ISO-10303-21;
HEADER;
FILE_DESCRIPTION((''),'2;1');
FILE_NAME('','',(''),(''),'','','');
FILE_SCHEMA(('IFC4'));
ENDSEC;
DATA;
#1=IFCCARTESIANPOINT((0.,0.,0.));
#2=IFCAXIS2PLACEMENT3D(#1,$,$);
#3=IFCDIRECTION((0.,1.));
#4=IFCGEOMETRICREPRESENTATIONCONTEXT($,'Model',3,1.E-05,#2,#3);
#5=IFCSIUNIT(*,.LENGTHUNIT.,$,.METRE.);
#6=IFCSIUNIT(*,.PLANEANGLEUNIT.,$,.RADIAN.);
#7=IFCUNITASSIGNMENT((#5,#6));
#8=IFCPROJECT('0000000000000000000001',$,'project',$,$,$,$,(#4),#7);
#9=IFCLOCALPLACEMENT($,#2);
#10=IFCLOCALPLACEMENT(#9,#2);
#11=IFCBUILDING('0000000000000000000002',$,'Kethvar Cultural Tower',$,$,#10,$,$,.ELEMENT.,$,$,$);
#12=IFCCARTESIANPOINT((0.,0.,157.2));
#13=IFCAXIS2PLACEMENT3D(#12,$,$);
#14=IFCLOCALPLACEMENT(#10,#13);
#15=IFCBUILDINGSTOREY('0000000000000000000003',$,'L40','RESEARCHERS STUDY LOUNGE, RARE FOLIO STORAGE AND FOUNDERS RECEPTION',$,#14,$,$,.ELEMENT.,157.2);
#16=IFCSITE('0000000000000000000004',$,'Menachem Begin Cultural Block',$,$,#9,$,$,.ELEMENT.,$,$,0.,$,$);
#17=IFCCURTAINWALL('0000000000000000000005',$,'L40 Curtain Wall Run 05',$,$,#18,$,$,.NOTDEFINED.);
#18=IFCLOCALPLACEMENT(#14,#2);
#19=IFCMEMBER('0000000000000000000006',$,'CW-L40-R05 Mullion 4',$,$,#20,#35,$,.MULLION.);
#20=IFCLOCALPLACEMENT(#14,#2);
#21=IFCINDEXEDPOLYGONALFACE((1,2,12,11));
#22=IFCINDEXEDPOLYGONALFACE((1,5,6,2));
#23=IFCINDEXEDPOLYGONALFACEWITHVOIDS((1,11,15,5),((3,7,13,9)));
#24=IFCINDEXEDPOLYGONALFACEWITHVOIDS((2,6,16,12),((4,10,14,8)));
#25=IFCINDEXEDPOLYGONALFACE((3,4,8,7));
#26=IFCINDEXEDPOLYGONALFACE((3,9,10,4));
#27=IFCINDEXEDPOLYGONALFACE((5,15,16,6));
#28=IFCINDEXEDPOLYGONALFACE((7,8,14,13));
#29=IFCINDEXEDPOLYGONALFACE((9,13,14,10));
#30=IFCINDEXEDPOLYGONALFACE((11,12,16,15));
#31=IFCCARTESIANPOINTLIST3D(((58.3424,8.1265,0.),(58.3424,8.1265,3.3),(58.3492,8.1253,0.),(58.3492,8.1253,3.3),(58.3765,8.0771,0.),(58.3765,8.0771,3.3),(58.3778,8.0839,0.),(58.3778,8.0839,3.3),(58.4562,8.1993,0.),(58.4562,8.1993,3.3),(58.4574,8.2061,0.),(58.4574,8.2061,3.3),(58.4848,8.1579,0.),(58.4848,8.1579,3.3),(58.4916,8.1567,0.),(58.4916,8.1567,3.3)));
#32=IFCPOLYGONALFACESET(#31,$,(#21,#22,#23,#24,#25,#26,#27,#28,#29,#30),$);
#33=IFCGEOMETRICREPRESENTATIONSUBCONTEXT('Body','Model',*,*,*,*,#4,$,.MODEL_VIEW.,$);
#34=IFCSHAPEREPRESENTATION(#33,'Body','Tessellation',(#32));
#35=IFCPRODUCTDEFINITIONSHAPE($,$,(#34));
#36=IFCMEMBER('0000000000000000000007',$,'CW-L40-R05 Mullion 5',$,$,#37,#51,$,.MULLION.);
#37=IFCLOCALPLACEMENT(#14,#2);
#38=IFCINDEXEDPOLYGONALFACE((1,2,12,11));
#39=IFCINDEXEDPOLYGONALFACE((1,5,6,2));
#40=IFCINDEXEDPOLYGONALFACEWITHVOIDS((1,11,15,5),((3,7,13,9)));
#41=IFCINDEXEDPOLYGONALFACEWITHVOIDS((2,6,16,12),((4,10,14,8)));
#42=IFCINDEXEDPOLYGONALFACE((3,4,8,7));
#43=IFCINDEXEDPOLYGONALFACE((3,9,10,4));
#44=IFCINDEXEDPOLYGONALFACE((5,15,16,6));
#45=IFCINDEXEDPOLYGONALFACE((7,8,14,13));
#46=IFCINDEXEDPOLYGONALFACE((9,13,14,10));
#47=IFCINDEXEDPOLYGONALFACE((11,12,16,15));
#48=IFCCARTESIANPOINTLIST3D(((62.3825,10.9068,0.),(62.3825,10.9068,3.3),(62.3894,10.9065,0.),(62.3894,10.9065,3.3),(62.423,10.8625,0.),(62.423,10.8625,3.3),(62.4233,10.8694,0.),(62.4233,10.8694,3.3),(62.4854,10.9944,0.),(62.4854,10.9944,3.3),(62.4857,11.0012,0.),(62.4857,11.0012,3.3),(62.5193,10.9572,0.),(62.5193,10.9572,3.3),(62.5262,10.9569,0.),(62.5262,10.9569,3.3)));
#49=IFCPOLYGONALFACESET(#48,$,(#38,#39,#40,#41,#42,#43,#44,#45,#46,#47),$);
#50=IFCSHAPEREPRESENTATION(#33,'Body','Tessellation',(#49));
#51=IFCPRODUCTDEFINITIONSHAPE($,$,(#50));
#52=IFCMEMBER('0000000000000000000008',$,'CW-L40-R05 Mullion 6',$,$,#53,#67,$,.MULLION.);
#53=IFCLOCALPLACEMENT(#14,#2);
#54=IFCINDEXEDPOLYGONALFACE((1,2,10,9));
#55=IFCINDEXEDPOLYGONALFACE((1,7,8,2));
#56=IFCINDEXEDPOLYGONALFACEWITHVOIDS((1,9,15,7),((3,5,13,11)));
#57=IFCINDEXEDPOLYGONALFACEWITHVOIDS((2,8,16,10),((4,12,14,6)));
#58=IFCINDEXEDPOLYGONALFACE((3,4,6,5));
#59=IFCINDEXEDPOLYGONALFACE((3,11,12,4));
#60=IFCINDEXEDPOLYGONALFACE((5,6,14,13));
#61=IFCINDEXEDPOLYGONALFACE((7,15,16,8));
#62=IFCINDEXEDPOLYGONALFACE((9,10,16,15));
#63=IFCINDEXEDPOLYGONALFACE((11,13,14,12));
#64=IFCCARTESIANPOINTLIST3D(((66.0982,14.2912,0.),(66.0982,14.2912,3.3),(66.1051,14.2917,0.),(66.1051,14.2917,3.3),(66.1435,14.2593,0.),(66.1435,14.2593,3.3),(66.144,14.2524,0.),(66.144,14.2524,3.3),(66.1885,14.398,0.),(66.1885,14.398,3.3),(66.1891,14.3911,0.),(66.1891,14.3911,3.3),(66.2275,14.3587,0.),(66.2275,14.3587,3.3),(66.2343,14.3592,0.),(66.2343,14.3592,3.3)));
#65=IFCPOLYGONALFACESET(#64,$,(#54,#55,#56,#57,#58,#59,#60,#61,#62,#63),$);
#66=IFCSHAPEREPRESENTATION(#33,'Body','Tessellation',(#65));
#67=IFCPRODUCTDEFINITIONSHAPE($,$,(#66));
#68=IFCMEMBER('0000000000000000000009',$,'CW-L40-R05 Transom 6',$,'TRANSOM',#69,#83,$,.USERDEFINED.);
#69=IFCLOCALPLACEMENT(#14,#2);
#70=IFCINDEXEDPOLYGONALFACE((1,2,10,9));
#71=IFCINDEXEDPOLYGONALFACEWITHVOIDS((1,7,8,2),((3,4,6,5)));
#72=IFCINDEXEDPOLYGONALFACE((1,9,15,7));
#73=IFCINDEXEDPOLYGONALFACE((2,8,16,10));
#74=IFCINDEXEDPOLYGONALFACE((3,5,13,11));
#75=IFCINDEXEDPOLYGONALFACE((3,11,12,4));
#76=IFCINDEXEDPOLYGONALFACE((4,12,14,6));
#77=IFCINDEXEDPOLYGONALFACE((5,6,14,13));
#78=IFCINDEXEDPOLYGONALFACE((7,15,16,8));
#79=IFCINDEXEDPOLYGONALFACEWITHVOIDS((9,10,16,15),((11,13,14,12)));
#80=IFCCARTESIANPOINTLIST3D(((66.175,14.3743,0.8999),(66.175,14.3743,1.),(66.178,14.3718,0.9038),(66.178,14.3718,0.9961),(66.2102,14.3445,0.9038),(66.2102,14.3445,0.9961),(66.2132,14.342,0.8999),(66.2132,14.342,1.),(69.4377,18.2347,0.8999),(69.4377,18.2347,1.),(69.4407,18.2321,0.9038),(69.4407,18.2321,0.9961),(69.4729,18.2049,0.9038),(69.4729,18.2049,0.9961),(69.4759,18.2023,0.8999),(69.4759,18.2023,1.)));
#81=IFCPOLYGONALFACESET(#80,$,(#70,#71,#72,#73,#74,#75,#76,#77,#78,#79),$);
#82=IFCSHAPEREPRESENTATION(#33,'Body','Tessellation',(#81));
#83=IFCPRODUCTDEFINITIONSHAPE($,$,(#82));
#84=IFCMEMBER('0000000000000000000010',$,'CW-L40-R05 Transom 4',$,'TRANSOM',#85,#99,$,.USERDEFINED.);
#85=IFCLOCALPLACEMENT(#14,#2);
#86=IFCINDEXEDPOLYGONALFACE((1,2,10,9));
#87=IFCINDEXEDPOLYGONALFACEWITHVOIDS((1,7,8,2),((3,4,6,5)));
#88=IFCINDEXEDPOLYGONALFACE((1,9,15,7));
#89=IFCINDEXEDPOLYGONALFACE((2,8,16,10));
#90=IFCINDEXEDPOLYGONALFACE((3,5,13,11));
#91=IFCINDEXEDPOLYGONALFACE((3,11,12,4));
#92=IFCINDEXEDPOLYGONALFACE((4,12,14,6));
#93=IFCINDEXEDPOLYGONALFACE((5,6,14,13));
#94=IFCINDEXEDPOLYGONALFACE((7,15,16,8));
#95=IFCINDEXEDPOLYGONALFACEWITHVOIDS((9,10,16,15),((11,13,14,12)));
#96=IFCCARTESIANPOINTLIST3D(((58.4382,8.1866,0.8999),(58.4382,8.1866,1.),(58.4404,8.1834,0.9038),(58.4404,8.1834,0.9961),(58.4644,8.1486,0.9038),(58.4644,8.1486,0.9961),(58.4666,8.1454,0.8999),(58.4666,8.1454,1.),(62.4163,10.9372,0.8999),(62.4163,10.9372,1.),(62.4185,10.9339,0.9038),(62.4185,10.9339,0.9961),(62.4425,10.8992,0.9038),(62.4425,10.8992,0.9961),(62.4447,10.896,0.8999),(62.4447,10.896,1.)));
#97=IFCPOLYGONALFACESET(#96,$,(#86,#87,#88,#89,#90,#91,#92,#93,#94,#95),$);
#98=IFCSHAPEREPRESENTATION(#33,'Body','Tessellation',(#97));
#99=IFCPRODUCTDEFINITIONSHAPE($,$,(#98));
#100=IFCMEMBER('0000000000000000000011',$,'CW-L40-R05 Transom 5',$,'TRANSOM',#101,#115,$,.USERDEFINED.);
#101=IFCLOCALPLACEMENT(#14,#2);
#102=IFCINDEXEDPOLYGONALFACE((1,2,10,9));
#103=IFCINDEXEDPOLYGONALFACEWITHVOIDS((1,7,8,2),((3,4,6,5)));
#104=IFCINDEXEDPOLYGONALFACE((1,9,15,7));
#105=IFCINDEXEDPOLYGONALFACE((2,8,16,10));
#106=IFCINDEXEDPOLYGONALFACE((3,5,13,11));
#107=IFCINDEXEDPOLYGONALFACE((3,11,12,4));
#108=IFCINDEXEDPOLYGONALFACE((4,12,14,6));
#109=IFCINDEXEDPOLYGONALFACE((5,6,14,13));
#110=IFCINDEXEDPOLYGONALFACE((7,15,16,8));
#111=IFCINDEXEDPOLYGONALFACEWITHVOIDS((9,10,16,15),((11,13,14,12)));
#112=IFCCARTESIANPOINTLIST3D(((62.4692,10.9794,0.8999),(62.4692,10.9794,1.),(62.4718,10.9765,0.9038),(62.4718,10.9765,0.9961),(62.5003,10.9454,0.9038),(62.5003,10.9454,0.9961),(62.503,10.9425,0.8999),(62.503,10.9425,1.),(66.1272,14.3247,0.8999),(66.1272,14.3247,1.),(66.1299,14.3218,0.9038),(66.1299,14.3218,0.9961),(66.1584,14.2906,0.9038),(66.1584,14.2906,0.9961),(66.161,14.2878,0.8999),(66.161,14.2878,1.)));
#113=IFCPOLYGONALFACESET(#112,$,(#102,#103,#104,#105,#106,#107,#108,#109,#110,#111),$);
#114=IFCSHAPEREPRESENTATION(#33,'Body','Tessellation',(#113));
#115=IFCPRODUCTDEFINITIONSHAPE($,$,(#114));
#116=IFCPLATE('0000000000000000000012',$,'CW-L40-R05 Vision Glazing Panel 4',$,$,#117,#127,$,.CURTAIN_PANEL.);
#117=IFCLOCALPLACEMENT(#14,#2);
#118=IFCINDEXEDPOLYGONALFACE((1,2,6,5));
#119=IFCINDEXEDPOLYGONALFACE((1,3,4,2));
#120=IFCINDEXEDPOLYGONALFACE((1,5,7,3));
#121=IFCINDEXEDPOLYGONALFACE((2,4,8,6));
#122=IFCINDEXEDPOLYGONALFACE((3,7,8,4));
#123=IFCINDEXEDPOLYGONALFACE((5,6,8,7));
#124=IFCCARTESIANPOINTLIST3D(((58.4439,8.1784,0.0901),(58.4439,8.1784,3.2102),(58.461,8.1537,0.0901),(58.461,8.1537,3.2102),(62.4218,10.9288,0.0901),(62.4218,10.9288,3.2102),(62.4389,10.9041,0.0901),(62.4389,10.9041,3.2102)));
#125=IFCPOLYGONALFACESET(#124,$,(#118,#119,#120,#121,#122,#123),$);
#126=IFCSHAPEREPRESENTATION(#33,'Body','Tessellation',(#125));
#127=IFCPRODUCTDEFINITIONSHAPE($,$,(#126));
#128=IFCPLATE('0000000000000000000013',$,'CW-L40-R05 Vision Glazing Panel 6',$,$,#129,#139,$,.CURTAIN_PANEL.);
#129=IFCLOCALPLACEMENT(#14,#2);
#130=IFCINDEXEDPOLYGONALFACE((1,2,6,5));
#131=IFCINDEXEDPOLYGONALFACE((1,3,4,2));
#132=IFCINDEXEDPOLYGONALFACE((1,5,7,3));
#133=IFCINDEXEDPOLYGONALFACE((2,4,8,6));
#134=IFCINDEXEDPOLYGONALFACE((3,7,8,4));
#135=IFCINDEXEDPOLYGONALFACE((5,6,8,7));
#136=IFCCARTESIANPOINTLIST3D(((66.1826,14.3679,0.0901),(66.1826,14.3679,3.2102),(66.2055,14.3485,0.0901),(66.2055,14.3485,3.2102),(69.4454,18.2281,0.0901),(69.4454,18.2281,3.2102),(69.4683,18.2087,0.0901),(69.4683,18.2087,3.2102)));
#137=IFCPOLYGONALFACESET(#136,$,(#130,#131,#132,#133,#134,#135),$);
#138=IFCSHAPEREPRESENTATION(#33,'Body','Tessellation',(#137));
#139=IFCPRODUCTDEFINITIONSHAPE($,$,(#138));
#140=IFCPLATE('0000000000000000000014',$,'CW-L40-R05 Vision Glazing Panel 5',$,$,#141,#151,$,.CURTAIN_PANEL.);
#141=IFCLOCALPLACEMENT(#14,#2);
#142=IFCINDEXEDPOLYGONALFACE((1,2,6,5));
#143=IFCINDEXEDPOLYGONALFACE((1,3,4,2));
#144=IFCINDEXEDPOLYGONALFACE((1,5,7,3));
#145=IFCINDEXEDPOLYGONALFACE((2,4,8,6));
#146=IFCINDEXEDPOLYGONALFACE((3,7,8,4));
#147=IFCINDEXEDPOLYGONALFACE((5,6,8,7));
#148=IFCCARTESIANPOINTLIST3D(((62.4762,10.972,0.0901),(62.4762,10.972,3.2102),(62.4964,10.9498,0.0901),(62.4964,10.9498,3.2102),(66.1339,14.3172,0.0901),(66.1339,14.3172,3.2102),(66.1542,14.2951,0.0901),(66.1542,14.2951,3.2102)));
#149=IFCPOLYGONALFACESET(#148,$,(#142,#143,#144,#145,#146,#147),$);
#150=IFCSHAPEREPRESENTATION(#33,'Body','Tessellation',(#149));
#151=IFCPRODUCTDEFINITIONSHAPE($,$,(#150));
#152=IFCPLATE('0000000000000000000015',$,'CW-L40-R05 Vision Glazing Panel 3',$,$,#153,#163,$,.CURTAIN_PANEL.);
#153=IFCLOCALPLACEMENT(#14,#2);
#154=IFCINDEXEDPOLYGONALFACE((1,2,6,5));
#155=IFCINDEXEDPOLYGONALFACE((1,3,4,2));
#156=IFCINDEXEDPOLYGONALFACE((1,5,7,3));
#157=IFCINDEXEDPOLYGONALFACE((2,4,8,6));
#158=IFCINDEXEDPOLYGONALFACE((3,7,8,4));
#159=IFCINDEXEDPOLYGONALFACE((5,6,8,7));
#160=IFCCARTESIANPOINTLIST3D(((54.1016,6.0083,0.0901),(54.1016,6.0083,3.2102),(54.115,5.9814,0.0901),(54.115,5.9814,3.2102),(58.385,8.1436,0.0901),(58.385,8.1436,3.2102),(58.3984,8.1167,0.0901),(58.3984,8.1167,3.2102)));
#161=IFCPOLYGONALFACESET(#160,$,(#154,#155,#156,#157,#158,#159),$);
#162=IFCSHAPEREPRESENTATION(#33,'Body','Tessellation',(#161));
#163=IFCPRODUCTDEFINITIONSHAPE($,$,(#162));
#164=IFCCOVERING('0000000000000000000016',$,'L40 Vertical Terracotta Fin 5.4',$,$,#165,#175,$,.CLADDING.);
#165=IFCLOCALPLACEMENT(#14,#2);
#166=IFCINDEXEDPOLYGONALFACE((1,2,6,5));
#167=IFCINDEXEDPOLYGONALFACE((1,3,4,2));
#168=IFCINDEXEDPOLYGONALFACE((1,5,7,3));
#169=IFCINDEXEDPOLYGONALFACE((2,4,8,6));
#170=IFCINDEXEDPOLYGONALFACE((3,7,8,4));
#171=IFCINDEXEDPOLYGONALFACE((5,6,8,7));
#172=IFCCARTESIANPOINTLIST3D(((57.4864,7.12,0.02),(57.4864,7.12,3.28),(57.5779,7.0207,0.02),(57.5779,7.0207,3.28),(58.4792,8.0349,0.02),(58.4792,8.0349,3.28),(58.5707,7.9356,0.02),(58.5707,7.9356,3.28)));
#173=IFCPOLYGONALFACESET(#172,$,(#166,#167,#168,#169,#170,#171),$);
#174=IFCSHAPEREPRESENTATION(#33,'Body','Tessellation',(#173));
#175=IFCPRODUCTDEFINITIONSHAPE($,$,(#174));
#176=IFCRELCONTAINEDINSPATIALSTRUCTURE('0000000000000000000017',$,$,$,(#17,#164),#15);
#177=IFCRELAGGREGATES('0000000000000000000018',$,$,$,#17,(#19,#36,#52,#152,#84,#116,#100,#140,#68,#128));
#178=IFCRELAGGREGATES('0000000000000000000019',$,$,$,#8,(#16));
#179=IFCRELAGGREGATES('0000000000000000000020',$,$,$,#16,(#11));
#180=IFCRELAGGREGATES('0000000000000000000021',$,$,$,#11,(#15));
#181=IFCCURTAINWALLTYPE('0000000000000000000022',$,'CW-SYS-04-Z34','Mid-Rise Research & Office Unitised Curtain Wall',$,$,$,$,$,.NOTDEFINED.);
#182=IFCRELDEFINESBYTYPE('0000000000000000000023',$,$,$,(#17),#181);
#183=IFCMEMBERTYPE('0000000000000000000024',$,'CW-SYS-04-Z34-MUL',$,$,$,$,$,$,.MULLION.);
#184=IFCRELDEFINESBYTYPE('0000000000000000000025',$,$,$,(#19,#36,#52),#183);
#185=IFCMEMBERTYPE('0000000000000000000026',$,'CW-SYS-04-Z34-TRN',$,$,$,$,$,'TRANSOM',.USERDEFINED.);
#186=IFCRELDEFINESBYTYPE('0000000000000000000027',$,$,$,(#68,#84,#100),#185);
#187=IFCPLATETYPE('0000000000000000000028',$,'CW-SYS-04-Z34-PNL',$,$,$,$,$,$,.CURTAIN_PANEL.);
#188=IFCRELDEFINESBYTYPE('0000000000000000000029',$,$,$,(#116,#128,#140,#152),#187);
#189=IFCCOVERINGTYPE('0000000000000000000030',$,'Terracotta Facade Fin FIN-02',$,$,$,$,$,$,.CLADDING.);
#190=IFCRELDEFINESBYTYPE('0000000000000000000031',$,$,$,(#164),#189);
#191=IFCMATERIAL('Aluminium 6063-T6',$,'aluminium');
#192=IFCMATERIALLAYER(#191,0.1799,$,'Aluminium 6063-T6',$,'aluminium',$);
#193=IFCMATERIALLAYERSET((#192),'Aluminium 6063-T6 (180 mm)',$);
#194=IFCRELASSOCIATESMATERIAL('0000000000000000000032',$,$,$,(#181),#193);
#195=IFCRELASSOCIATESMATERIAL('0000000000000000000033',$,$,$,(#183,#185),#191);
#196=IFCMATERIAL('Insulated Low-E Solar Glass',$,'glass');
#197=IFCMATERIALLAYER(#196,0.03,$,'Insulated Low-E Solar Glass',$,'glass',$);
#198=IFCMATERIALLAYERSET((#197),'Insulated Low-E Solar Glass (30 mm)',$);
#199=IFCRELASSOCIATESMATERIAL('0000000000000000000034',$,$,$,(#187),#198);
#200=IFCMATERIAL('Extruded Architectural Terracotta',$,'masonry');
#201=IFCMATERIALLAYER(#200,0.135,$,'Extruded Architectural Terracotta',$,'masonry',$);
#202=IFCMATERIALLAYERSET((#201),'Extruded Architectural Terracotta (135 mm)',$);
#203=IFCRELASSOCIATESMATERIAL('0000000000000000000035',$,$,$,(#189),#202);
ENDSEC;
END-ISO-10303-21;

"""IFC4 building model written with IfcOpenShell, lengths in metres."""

from ifc_helpers import new_model, si_unit, direction, frame, origin, origin_2d, place, context, subcontext, project, spatial, rectangle, hollow_rectangle, extrude, source, transform, mapped, material, layer, layer_set, material_profile, profile_set, type_object, element, aggregate, save


model = new_model("IFC4")

# Units and contexts
model_context = context("Model", 3, precision=1e-05, world=origin(), true_north=direction((0.0, 1.0)))
body_context = subcontext(model_context, "Body", "Model", "MODEL_VIEW")
ifc_project = project(units=[si_unit("LENGTHUNIT", "METRE"), si_unit("PLANEANGLEUNIT", "RADIAN")], contexts=[model_context])

# Site, building, storey
site_placement = place(None, origin())
site = spatial("IfcSite", under=ifc_project, at=site_placement, Name="Menachem Begin Cultural Block", CompositionType="ELEMENT", RefElevation=0.0)
building_placement = place(site_placement, origin())
building = spatial("IfcBuilding", under=site, at=building_placement, Name="Kethvar Cultural Tower", CompositionType="ELEMENT")
storey_placement = place(building_placement, frame((0.0, 0.0, 157.2)))
storey = spatial("IfcBuildingStorey", under=building, at=storey_placement, Name="L40", Description="RESEARCHERS STUDY LOUNGE, RARE FOLIO STORAGE AND FOUNDERS RECEPTION", CompositionType="ELEMENT", Elevation=157.2)

# Curtain wall, members, plates
ifc_material_1 = material(Name="Aluminium 6063-T6", Category="aluminium")
ifc_layer_1 = layer(ifc_material_1, 0.1799, Name="Aluminium 6063-T6", Category="aluminium")
ifc_layer_set_1 = layer_set([ifc_layer_1], Name="Aluminium 6063-T6 (180 mm)")
curtain_wall_type = type_object("IfcCurtainWallType", Name="CW-SYS-04-Z34", Description="Mid-Rise Research & Office Unitised Curtain Wall", PredefinedType="NOTDEFINED", material=ifc_layer_set_1)
curtain_wall_placement = place(storey_placement, origin())
curtain_wall = element("IfcCurtainWall", 1, at=curtain_wall_placement, inside=storey, type_object=curtain_wall_type, Name="L40 Curtain Wall Run 05", PredefinedType="NOTDEFINED")
ifc_material_profile_1 = material_profile(ifc_material_1, hollow_rectangle(XDim=0.0601, YDim=0.1399, WallThickness=0.0049, at=origin_2d()), Name="Aluminium 6063-T6 — RHS140x60x5")
ifc_profile_set_1 = profile_set([ifc_material_profile_1], Name="Aluminium 6063-T6 — RHS140x60x5")
member_type_1 = type_object("IfcMemberType", Name="CW-SYS-04-Z34-MUL", PredefinedType="MULLION", material=ifc_profile_set_1)
shared_shape_1 = source(origin(), body_context, "Body", "SweptSolid", [
    extrude(hollow_rectangle(XDim=0.0601, YDim=0.1399, WallThickness=0.0049, at=origin_2d()), origin(), (0.0, 0.0, 1.0), 3.3),
])
member_1_placement = place(storey_placement, frame((58.417, 8.1416, 0.0), z_axis=(0.0, 0.0, 1.0), x_axis=(-0.568705, 0.822541, 0.0)))
member_1 = element("IfcMember", 2, at=member_1_placement, type_object=member_type_1, Name="CW-L40-R05 Mullion 4", PredefinedType="MULLION", context=body_context, shape_type="MappedRepresentation", body=[
    mapped(shared_shape_1, transform((0.0, 0.0, 0.0), scale=1.0)),
])
member_2_placement = place(storey_placement, frame((62.4543, 10.9319, 0.0), z_axis=(0.0, 0.0, 1.0), x_axis=(-0.674882, 0.737926, 0.0)))
member_2 = element("IfcMember", 3, at=member_2_placement, type_object=member_type_1, Name="CW-L40-R05 Mullion 5", PredefinedType="MULLION", context=body_context, shape_type="MappedRepresentation", body=[
    mapped(shared_shape_1, transform((0.0, 0.0, 0.0), scale=1.0)),
])
member_3_placement = place(storey_placement, frame((66.1663, 14.3252, 0.0), z_axis=(0.0, 0.0, 1.0), x_axis=(-0.763728, 0.645538, 0.0)))
member_3 = element("IfcMember", 4, at=member_3_placement, type_object=member_type_1, Name="CW-L40-R05 Mullion 6", PredefinedType="MULLION", context=body_context, shape_type="MappedRepresentation", body=[
    mapped(shared_shape_1, transform((0.0, 0.0, 0.0), scale=1.0)),
])
ifc_material_profile_2 = material_profile(ifc_material_1, hollow_rectangle(XDim=0.05, YDim=0.1001, WallThickness=0.0039, at=origin_2d()), Name="Aluminium 6063-T6 — RHS100x50x4")
ifc_profile_set_2 = profile_set([ifc_material_profile_2], Name="Aluminium 6063-T6 — RHS100x50x4")
member_type_2 = type_object("IfcMemberType", Name="CW-SYS-04-Z34-TRN", ElementType="TRANSOM", PredefinedType="USERDEFINED", material=ifc_profile_set_2)
shared_shape_2 = source(origin(), body_context, "Body", "SweptSolid", [
    extrude(hollow_rectangle(XDim=0.05, YDim=0.1001, WallThickness=0.0039, at=origin_2d()), origin(), (0.0, 0.0, 1.0), 5.0544),
])
member_4_placement = place(storey_placement, frame((66.1941, 14.3582, 0.95), z_axis=(0.645509, 0.763753, 0.0), x_axis=(-0.763753, 0.645509, 0.0)))
member_4 = element("IfcMember", 5, at=member_4_placement, type_object=member_type_2, Name="CW-L40-R05 Transom 6", ObjectType="TRANSOM", PredefinedType="USERDEFINED", context=body_context, shape_type="MappedRepresentation", body=[
    mapped(shared_shape_2, transform((0.0, 0.0, 0.0), scale=1.0)),
])
shared_shape_3 = source(origin(), body_context, "Body", "SweptSolid", [
    extrude(hollow_rectangle(XDim=0.05, YDim=0.1001, WallThickness=0.0039, at=origin_2d()), origin(), (0.0, 0.0, 1.0), 4.8364),
])
member_5_placement = place(storey_placement, frame((58.4524, 8.166, 0.95), z_axis=(0.822534, 0.568716, 0.0), x_axis=(-0.568716, 0.822534, 0.0)))
member_5 = element("IfcMember", 6, at=member_5_placement, type_object=member_type_2, Name="CW-L40-R05 Transom 4", ObjectType="TRANSOM", PredefinedType="USERDEFINED", context=body_context, shape_type="MappedRepresentation", body=[
    mapped(shared_shape_3, transform((0.0, 0.0, 0.0), scale=1.0)),
])
shared_shape_4 = source(origin(), body_context, "Body", "SweptSolid", [
    extrude(hollow_rectangle(XDim=0.05, YDim=0.1001, WallThickness=0.0039, at=origin_2d()), origin(), (0.0, 0.0, 1.0), 4.957),
])
member_6_placement = place(storey_placement, frame((62.4861, 10.9609, 0.95), z_axis=(0.737949, 0.674857, 0.0), x_axis=(-0.674857, 0.737949, 0.0)))
member_6 = element("IfcMember", 7, at=member_6_placement, type_object=member_type_2, Name="CW-L40-R05 Transom 5", ObjectType="TRANSOM", PredefinedType="USERDEFINED", context=body_context, shape_type="MappedRepresentation", body=[
    mapped(shared_shape_4, transform((0.0, 0.0, 0.0), scale=1.0)),
])
ifc_material_2 = material(Name="Insulated Low-E Solar Glass", Category="glass")
ifc_layer_2 = layer(ifc_material_2, 0.03, Name="Insulated Low-E Solar Glass", Category="glass")
ifc_layer_set_2 = layer_set([ifc_layer_2], Name="Insulated Low-E Solar Glass (30 mm)")
plate_type = type_object("IfcPlateType", Name="CW-SYS-04-Z34-PNL", PredefinedType="CURTAIN_PANEL", material=ifc_layer_set_2)
shared_shape_5 = source(origin(), body_context, "Body", "SweptSolid", [
    extrude(rectangle(XDim=4.8362, YDim=0.03, at=origin_2d()), origin(), (0.0, 0.0, 1.0), 3.1201),
])
plate_1_placement = place(storey_placement, frame((60.4414, 9.5413, 0.0901), z_axis=(0.0, 0.0, 1.0), x_axis=(0.822541, 0.568705, 0.0)))
plate_1 = element("IfcPlate", 8, at=plate_1_placement, type_object=plate_type, Name="CW-L40-R05 Vision Glazing Panel 4", PredefinedType="CURTAIN_PANEL", context=body_context, shape_type="MappedRepresentation", body=[
    mapped(shared_shape_5, transform((0.0, 0.0, 0.0), scale=1.0)),
])
shared_shape_6 = source(origin(), body_context, "Body", "SweptSolid", [
    extrude(rectangle(XDim=5.0544, YDim=0.03, at=origin_2d()), origin(), (0.0, 0.0, 1.0), 3.1201),
])
plate_2_placement = place(storey_placement, frame((67.8254, 16.2883, 0.0901), z_axis=(0.0, 0.0, 1.0), x_axis=(0.645538, 0.763728, 0.0)))
plate_2 = element("IfcPlate", 9, at=plate_2_placement, type_object=plate_type, Name="CW-L40-R05 Vision Glazing Panel 6", PredefinedType="CURTAIN_PANEL", context=body_context, shape_type="MappedRepresentation", body=[
    mapped(shared_shape_6, transform((0.0, 0.0, 0.0), scale=1.0)),
])
shared_shape_7 = source(origin(), body_context, "Body", "SweptSolid", [
    extrude(rectangle(XDim=4.9568, YDim=0.03, at=origin_2d()), origin(), (0.0, 0.0, 1.0), 3.1201),
])
plate_3_placement = place(storey_placement, frame((64.3152, 12.6335, 0.0901), z_axis=(0.0, 0.0, 1.0), x_axis=(0.737926, 0.674882, 0.0)))
plate_3 = element("IfcPlate", 10, at=plate_3_placement, type_object=plate_type, Name="CW-L40-R05 Vision Glazing Panel 5", PredefinedType="CURTAIN_PANEL", context=body_context, shape_type="MappedRepresentation", body=[
    mapped(shared_shape_7, transform((0.0, 0.0, 0.0), scale=1.0)),
])
shared_shape_8 = source(origin(), body_context, "Body", "SweptSolid", [
    extrude(rectangle(XDim=4.7861, YDim=0.03, at=origin_2d()), origin(), (0.0, 0.0, 1.0), 3.1201),
])
plate_4_placement = place(storey_placement, frame((56.25, 7.0625, 0.0901), z_axis=(0.0, 0.0, 1.0), x_axis=(0.894958, 0.446151, 0.0)))
plate_4 = element("IfcPlate", 11, at=plate_4_placement, type_object=plate_type, Name="CW-L40-R05 Vision Glazing Panel 3", PredefinedType="CURTAIN_PANEL", context=body_context, shape_type="MappedRepresentation", body=[
    mapped(shared_shape_8, transform((0.0, 0.0, 0.0), scale=1.0)),
])
aggregate(curtain_wall, [member_1, member_2, member_3, plate_4, member_5, plate_1, member_6, plate_3, member_4, plate_2])

# Covering
ifc_material_3 = material(Name="Extruded Architectural Terracotta", Category="masonry")
ifc_layer_3 = layer(ifc_material_3, 0.135, Name="Extruded Architectural Terracotta", Category="masonry")
ifc_layer_set_3 = layer_set([ifc_layer_3], Name="Extruded Architectural Terracotta (135 mm)")
covering_type = type_object("IfcCoveringType", Name="Terracotta Facade Fin FIN-02", PredefinedType="CLADDING", material=ifc_layer_set_3)
shared_shape_9 = source(origin(), body_context, "Body", "SweptSolid", [
    extrude(rectangle(XDim=1.3501, YDim=0.135, at=origin_2d()), origin(), (0.0, 0.0, 1.0), 3.26),
])
for number, where, z_axis, x_axis, name in (
    (12, (58.0286, 7.5278, 0.02), (0.0, 0.0, 1.0), (-0.735388, -0.677646, 0.0), "L40 Vertical Terracotta Fin 5.4"),
):
    element("IfcCovering", number, at=place(storey_placement, frame(where, z_axis=z_axis, x_axis=x_axis)), inside=storey, type_object=covering_type, Name=name, PredefinedType="CLADDING", context=body_context, shape_type="MappedRepresentation", body=[
        mapped(shared_shape_9, transform((0.0, 0.0, 0.0), scale=1.0)),
    ])

save(model, "model.ifc")
